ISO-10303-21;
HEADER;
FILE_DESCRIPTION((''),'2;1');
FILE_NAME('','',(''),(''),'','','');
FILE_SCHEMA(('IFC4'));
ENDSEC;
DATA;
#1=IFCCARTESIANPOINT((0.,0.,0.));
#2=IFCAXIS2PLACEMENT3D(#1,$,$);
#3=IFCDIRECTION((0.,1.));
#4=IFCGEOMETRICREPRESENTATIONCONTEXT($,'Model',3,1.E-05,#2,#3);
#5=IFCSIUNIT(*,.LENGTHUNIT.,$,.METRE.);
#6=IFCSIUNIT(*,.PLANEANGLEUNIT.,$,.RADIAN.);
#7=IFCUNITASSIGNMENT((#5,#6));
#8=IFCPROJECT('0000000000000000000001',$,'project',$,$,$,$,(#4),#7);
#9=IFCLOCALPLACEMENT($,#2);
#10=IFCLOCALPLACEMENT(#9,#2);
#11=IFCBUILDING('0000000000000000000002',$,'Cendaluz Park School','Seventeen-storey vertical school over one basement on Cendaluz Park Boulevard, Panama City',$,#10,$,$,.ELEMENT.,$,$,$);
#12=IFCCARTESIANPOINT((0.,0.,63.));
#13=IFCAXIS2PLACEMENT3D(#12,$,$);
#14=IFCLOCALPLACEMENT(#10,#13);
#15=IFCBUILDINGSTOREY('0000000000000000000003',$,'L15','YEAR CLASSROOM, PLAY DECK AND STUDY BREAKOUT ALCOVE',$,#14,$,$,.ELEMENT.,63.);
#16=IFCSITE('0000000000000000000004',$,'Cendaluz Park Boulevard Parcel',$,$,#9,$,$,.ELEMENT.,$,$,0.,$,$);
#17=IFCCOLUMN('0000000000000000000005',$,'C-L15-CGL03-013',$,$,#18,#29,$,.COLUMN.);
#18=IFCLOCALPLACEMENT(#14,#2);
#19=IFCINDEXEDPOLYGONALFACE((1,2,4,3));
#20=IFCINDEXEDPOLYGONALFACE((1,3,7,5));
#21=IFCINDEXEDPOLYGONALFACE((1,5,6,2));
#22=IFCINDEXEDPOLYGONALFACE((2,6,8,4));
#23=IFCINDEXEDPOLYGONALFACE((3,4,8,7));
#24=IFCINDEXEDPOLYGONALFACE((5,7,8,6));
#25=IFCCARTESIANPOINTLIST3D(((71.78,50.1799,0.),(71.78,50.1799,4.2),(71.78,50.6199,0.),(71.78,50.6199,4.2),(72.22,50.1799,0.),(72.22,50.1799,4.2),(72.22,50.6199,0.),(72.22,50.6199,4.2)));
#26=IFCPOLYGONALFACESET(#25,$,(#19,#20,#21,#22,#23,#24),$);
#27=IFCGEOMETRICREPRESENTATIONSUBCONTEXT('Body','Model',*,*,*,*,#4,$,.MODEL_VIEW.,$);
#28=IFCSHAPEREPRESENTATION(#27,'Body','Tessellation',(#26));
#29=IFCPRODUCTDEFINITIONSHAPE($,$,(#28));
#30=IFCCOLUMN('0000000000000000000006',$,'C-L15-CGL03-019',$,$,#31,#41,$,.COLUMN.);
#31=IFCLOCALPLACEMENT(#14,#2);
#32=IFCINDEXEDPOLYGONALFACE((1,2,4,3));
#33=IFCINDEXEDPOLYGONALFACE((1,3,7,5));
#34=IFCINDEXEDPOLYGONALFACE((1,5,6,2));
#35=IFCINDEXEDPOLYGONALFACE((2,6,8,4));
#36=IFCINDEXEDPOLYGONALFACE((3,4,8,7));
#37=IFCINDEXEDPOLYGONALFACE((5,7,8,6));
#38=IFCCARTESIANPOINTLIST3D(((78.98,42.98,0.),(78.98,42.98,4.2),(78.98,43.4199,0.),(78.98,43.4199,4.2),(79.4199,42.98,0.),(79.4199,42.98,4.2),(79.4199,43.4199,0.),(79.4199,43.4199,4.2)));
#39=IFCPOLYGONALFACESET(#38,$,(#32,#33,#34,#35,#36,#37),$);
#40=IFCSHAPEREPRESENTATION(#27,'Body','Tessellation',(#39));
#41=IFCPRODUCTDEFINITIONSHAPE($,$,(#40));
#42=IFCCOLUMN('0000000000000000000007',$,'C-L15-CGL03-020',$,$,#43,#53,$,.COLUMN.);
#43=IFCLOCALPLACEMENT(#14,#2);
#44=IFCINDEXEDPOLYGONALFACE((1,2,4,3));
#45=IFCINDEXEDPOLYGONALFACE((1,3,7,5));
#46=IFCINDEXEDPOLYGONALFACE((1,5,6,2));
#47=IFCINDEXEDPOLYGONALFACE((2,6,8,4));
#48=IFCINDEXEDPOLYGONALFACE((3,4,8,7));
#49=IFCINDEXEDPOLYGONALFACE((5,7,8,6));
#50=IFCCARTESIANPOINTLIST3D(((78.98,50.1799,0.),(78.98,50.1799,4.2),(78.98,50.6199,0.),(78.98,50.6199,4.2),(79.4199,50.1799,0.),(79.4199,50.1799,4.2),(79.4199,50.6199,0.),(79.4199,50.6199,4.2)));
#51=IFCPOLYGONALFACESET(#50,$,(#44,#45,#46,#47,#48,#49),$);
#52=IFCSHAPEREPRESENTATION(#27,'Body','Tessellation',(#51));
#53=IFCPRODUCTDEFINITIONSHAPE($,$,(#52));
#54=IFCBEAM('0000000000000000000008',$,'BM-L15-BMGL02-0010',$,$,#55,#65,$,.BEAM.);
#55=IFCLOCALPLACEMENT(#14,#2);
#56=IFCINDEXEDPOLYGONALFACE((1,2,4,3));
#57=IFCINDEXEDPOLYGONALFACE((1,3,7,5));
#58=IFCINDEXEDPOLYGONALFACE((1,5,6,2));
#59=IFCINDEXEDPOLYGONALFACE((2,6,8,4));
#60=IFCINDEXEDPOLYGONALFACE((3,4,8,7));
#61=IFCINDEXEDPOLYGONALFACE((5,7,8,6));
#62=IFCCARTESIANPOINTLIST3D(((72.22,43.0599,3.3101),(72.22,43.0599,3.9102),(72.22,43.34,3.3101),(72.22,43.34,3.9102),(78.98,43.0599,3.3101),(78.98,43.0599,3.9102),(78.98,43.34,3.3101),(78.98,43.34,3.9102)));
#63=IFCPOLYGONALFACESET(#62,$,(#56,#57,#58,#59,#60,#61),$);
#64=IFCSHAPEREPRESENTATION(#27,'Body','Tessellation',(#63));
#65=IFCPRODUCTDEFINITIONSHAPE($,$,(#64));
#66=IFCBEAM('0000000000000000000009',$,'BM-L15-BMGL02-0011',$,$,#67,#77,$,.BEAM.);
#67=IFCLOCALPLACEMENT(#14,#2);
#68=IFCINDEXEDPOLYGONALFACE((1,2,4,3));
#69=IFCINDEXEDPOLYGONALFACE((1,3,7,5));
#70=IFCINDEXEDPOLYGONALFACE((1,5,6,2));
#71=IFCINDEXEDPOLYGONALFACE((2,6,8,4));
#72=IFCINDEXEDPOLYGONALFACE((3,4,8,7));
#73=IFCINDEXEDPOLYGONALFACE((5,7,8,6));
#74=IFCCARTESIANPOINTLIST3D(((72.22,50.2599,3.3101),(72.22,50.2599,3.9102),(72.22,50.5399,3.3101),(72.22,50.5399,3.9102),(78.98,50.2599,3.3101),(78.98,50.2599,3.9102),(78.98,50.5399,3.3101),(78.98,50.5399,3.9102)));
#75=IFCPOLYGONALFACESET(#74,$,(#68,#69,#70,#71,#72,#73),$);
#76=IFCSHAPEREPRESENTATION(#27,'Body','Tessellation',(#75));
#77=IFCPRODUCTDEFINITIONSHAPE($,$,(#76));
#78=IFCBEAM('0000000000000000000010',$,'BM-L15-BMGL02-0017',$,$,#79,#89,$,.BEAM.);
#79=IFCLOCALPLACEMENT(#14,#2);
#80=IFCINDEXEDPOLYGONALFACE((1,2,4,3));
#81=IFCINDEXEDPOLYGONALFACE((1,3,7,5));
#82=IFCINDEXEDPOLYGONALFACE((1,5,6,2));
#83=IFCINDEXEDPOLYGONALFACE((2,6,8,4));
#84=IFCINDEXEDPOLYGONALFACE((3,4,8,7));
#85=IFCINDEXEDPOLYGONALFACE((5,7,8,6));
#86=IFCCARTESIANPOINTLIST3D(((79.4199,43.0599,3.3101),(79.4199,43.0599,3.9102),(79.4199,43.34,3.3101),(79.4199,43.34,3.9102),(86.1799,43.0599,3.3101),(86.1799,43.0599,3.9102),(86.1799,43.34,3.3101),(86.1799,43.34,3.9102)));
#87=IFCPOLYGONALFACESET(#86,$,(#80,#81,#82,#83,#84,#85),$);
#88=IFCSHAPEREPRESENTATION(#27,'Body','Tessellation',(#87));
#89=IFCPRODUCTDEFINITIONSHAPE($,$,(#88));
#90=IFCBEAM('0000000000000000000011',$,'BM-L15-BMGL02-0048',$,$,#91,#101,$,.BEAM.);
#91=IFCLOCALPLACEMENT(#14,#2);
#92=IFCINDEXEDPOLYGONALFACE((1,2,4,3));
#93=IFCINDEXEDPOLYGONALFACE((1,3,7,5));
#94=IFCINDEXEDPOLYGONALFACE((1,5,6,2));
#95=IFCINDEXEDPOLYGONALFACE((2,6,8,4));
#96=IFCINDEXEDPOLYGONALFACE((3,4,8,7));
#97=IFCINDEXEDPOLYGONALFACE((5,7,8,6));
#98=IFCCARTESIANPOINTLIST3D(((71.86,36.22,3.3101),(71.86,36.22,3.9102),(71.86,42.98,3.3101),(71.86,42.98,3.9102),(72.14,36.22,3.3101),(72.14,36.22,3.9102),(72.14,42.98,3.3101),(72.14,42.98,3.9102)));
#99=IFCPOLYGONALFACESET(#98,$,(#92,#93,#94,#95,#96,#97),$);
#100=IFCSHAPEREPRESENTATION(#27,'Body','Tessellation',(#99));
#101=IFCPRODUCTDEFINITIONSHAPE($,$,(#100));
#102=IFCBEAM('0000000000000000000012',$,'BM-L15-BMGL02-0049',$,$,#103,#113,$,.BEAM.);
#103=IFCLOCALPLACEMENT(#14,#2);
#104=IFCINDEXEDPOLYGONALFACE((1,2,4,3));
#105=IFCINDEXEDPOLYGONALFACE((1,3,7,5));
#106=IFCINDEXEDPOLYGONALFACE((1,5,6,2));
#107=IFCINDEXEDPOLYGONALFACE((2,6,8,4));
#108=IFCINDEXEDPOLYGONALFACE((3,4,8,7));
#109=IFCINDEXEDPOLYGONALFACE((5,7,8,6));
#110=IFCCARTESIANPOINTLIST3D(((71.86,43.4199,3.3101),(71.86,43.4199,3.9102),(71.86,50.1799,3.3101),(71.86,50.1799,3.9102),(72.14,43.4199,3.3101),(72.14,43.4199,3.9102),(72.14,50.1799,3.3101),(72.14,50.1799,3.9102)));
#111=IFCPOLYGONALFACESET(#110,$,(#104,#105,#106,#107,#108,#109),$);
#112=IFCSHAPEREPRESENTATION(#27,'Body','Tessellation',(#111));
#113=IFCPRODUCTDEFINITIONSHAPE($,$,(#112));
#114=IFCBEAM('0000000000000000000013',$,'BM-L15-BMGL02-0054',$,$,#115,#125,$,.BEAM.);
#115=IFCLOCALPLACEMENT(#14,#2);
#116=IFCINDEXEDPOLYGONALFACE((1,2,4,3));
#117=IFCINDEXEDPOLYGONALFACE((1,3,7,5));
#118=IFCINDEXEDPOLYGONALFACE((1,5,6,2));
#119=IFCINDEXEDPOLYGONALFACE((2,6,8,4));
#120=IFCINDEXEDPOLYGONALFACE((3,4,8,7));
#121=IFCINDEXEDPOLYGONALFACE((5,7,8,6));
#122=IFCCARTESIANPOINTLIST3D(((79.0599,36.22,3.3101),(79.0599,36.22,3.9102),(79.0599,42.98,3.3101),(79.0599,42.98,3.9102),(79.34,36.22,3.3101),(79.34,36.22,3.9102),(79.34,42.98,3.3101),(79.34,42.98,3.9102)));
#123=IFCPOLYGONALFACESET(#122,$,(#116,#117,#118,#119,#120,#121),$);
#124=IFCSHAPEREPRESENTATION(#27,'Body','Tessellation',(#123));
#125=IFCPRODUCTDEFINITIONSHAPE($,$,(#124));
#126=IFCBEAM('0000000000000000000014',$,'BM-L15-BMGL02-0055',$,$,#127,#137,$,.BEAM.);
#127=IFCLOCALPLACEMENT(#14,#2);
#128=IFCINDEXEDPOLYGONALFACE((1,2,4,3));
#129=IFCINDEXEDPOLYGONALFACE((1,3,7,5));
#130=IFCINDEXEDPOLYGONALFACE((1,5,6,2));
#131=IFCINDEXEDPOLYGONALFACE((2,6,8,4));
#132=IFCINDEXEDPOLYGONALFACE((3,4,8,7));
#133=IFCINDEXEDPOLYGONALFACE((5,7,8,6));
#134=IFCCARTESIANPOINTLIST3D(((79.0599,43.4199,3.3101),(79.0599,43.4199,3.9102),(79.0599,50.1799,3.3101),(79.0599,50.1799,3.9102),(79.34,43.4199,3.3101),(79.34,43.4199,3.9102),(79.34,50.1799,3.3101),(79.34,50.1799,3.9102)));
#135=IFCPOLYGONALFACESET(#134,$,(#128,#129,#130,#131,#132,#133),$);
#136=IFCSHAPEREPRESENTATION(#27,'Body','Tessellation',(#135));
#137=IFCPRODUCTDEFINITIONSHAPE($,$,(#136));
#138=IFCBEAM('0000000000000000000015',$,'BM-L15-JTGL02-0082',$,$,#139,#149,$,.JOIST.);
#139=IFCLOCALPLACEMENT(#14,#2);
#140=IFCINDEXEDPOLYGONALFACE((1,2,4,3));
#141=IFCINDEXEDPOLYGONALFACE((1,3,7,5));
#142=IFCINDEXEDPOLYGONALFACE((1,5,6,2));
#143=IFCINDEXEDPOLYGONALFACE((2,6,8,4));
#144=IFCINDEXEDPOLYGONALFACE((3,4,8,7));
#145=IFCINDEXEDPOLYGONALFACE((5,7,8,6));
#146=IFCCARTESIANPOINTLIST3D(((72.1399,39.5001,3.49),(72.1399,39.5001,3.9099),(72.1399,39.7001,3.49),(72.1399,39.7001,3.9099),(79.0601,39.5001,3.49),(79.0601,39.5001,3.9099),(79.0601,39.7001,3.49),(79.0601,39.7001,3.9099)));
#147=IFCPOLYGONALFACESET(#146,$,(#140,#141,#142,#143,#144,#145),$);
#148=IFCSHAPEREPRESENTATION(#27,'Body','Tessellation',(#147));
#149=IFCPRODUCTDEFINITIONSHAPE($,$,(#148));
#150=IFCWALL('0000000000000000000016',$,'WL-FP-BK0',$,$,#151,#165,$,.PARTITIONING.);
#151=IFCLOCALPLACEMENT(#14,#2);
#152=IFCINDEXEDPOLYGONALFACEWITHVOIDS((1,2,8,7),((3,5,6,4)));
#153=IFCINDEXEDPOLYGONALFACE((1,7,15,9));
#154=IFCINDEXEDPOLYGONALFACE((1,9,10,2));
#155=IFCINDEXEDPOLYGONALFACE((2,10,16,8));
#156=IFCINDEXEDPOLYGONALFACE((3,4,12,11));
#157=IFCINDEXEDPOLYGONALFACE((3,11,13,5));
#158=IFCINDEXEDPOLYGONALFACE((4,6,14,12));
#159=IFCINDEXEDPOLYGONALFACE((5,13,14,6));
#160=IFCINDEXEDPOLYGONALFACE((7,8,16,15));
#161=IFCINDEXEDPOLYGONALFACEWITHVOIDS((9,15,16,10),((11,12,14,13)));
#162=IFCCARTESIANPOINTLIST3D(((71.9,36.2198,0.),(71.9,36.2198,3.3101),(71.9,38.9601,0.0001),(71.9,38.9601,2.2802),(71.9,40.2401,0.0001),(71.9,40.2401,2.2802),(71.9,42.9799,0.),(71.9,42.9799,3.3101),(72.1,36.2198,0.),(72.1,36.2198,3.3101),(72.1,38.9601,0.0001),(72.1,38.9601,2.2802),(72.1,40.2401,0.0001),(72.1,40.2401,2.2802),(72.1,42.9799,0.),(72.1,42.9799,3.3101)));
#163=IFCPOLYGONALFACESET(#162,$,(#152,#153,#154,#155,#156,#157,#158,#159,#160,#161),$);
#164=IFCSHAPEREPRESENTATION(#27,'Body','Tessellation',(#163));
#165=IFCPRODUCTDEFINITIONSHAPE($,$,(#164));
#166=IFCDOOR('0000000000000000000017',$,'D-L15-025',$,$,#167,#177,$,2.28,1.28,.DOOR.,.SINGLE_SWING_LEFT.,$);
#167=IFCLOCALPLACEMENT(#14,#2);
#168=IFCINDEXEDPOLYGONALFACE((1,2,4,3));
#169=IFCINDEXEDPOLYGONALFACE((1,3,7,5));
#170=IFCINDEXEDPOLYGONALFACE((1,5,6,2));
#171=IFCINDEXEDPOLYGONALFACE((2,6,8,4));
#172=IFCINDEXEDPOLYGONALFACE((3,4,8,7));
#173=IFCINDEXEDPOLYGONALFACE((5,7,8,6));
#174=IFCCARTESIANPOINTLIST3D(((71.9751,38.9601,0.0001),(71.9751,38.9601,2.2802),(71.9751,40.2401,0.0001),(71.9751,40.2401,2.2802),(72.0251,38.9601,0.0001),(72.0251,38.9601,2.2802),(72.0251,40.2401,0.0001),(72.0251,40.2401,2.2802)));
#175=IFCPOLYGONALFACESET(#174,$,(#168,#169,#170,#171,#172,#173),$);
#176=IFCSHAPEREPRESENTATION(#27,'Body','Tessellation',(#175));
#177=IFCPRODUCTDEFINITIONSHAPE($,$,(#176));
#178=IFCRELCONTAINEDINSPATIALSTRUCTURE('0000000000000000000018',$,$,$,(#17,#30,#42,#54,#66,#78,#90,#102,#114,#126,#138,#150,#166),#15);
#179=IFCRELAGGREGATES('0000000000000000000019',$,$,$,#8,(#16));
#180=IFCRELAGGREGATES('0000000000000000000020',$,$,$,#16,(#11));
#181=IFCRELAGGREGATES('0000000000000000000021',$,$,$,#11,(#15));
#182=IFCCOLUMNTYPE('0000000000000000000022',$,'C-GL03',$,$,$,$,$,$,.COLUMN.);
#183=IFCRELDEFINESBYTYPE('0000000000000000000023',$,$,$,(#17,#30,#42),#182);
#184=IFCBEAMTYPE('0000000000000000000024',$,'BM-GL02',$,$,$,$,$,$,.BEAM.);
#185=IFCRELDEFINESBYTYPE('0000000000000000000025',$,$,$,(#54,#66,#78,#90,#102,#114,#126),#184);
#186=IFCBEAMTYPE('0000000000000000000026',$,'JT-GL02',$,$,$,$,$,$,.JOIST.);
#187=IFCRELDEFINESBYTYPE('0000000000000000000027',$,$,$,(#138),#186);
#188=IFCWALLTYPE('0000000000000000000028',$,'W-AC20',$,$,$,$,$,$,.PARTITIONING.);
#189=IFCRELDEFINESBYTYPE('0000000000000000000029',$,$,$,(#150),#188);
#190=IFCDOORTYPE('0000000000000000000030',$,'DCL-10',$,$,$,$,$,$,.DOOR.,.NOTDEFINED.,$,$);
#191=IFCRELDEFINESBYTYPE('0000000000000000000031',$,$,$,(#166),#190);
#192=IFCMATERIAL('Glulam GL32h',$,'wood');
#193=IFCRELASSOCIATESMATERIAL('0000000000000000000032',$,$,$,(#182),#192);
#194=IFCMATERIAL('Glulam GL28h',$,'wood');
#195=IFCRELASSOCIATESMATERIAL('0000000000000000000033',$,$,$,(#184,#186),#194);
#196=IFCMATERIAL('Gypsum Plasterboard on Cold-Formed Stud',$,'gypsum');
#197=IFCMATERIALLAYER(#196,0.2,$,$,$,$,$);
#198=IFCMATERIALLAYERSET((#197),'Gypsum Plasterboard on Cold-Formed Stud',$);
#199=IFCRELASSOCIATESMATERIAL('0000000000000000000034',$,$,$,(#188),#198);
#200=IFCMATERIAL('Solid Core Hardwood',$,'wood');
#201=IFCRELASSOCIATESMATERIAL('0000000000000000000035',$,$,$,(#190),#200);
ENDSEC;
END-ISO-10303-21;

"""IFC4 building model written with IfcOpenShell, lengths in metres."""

from ifc_helpers import new_model, si_unit, direction, frame, frame_2d, origin, origin_2d, place, context, subcontext, project, spatial, rectangle, extrude, material, layer, layer_set, material_profile, profile_set, type_object, element, fill, save


model = new_model("IFC4")

# Units and contexts
model_context = context("Model", 3, precision=1e-05, world=origin(), true_north=direction((0.0, 1.0)))
body_context = subcontext(model_context, "Body", "Model", "MODEL_VIEW")
ifc_project = project(units=[si_unit("LENGTHUNIT", "METRE"), si_unit("PLANEANGLEUNIT", "RADIAN")], contexts=[model_context])

# Site, building, storey
site_placement = place(None, origin())
site = spatial("IfcSite", under=ifc_project, at=site_placement, Name="Cendaluz Park Boulevard Parcel", CompositionType="ELEMENT", RefElevation=0.0)
building_placement = place(site_placement, origin())
building = spatial("IfcBuilding", under=site, at=building_placement, Name="Cendaluz Park School", Description="Seventeen-storey vertical school over one basement on Cendaluz Park Boulevard, Panama City", CompositionType="ELEMENT")
storey_placement = place(building_placement, frame((0.0, 0.0, 63.0)))
storey = spatial("IfcBuildingStorey", under=building, at=storey_placement, Name="L15", Description="YEAR CLASSROOM, PLAY DECK AND STUDY BREAKOUT ALCOVE", CompositionType="ELEMENT", Elevation=63.0)

# Columns
ifc_material_1 = material(Name="Glulam GL32h", Category="wood")
ifc_material_profile_1 = material_profile(ifc_material_1, rectangle(XDim=0.4399, YDim=0.4399, at=origin_2d()), Name="GL32h 440x440", Category="wood")
ifc_profile_set_1 = profile_set([ifc_material_profile_1], Name="Glulam GL32h")
column_type = type_object("IfcColumnType", Name="C-GL03", PredefinedType="COLUMN", material=ifc_profile_set_1)
for number, where, z_axis, x_axis, name in (
    (1, (72.0, 50.3999, 0.0), (0.0, 0.0, 1.0), (1.0, 0.0, 0.0), "C-L15-CGL03-013"),
    (2, (79.2, 43.2, 0.0), (0.0, 0.0, 1.0), (1.0, 0.0, 0.0), "C-L15-CGL03-019"),
    (3, (79.2, 50.3999, 0.0), (0.0, 0.0, 1.0), (1.0, 0.0, 0.0), "C-L15-CGL03-020"),
):
    element("IfcColumn", number, at=place(storey_placement, frame(where, z_axis=z_axis, x_axis=x_axis)), inside=storey, type_object=column_type, Name=name, PredefinedType="COLUMN", context=body_context, shape_type="SweptSolid", body=[
        extrude(rectangle(XDim=0.4399, YDim=0.4399, at=origin_2d()), origin(), (0.0, 0.0, 1.0), 4.2),
    ])

# Beams
ifc_material_2 = material(Name="Glulam GL28h", Category="wood")
ifc_material_profile_2 = material_profile(ifc_material_2, rectangle(XDim=0.28, YDim=0.6001, at=origin_2d()), Name="GL28h 280x600", Category="wood")
ifc_profile_set_2 = profile_set([ifc_material_profile_2], Name="Glulam GL28h")
beam_type_1 = type_object("IfcBeamType", Name="BM-GL02", PredefinedType="BEAM", material=ifc_profile_set_2)
for number, where, z_axis, x_axis, name in (
    (4, (72.22, 43.2, 3.6101), (1.0, 0.0, 0.0), (0.0, 1.0, 0.0), "BM-L15-BMGL02-0010"),
    (5, (72.22, 50.3999, 3.6101), (1.0, 0.0, 0.0), (0.0, 1.0, 0.0), "BM-L15-BMGL02-0011"),
    (6, (79.4199, 43.2, 3.6101), (1.0, 0.0, 0.0), (0.0, 1.0, 0.0), "BM-L15-BMGL02-0017"),
    (7, (72.0, 36.22, 3.6101), (0.0, 1.0, 0.0), (-1.0, 0.0, 0.0), "BM-L15-BMGL02-0048"),
    (8, (72.0, 43.4199, 3.6101), (0.0, 1.0, 0.0), (-1.0, 0.0, 0.0), "BM-L15-BMGL02-0049"),
    (9, (79.2, 36.22, 3.6101), (0.0, 1.0, 0.0), (-1.0, 0.0, 0.0), "BM-L15-BMGL02-0054"),
    (10, (79.2, 43.4199, 3.6101), (0.0, 1.0, 0.0), (-1.0, 0.0, 0.0), "BM-L15-BMGL02-0055"),
):
    element("IfcBeam", number, at=place(storey_placement, frame(where, z_axis=z_axis, x_axis=x_axis)), inside=storey, type_object=beam_type_1, Name=name, PredefinedType="BEAM", context=body_context, shape_type="SweptSolid", body=[
        extrude(rectangle(XDim=0.28, YDim=0.6001, at=origin_2d()), origin(), (0.0, 0.0, 1.0), 6.76),
    ])
ifc_material_profile_3 = material_profile(ifc_material_2, rectangle(XDim=0.2, YDim=0.4199, at=origin_2d()), Name="GL28h 200x420", Category="wood")
ifc_profile_set_3 = profile_set([ifc_material_profile_3], Name="Glulam GL28h")
beam_type_2 = type_object("IfcBeamType", Name="JT-GL02", PredefinedType="JOIST", material=ifc_profile_set_3)
beam_placement = place(storey_placement, frame((72.1399, 39.6001, 3.7), z_axis=(1.0, 0.0, 0.0), x_axis=(0.0, 1.0, 0.0)))
element("IfcBeam", 11, at=beam_placement, inside=storey, type_object=beam_type_2, Name="BM-L15-JTGL02-0082", PredefinedType="JOIST", context=body_context, shape_type="SweptSolid", body=[
    extrude(rectangle(XDim=0.2, YDim=0.4199, at=origin_2d()), origin(), (0.0, 0.0, 1.0), 6.9202),
])

# Wall, opening, door
ifc_material_3 = material(Name="Gypsum Plasterboard on Cold-Formed Stud", Category="gypsum")
ifc_layer_1 = layer(ifc_material_3, 0.2)
ifc_layer_set_1 = layer_set([ifc_layer_1], Name="Gypsum Plasterboard on Cold-Formed Stud")
wall_type_1 = type_object("IfcWallType", Name="W-AC20", PredefinedType="PARTITIONING", material=ifc_layer_set_1)
wall_1_placement = place(storey_placement, frame((72.0, 36.22, 0.0), z_axis=(0.0, 0.0, 1.0), x_axis=(0.0, 1.0, 0.0)))
wall_1 = element("IfcWall", 12, at=wall_1_placement, inside=storey, type_object=wall_type_1, Name="WL-FP-BK0", PredefinedType="PARTITIONING", context=body_context, shape_type="SweptSolid", body=[
    extrude(rectangle(XDim=6.76, YDim=0.2, at=frame_2d((3.3799, 0.0))), origin(), (0.0, 0.0, 1.0), 3.3101),
])
opening_1_placement = place(wall_1_placement, frame((2.74, 0.0, 0.0)))
opening_1 = element("IfcOpeningElement", 13, at=opening_1_placement, cuts=wall_1, PredefinedType="OPENING", context=body_context, shape_type="SweptSolid", body=[
    extrude(rectangle(XDim=1.28, YDim=2.28, at=frame_2d((0.6401, 1.1401))), frame((0.0, 0.1121, 0.0), z_axis=(0.0, -1.0, 0.0), x_axis=(1.0, 0.0, 0.0)), (0.0, 0.0, 1.0), 0.2239),
])
ifc_material_4 = material(Name="Solid Core Hardwood", Category="wood")
door_type_1 = type_object("IfcDoorType", Name="DCL-10", OperationType="NOTDEFINED", PredefinedType="DOOR", material=ifc_material_4)
door_1_placement = place(opening_1_placement, origin())
door_1 = element("IfcDoor", 14, at=door_1_placement, inside=storey, type_object=door_type_1, Name="D-L15-025", OperationType="SINGLE_SWING_LEFT", OverallHeight=2.28, OverallWidth=1.28, PredefinedType="DOOR", context=body_context, shape_type="SweptSolid", body=[
    extrude(rectangle(XDim=1.28, YDim=2.28, at=frame_2d((0.6401, 1.1401))), frame((0.0, 0.0249, 0.0), z_axis=(0.0, -1.0, 0.0), x_axis=(1.0, 0.0, 0.0)), (0.0, 0.0, 1.0), 0.05),
])
fill(opening_1, door_1)

save(model, "model.ifc")
